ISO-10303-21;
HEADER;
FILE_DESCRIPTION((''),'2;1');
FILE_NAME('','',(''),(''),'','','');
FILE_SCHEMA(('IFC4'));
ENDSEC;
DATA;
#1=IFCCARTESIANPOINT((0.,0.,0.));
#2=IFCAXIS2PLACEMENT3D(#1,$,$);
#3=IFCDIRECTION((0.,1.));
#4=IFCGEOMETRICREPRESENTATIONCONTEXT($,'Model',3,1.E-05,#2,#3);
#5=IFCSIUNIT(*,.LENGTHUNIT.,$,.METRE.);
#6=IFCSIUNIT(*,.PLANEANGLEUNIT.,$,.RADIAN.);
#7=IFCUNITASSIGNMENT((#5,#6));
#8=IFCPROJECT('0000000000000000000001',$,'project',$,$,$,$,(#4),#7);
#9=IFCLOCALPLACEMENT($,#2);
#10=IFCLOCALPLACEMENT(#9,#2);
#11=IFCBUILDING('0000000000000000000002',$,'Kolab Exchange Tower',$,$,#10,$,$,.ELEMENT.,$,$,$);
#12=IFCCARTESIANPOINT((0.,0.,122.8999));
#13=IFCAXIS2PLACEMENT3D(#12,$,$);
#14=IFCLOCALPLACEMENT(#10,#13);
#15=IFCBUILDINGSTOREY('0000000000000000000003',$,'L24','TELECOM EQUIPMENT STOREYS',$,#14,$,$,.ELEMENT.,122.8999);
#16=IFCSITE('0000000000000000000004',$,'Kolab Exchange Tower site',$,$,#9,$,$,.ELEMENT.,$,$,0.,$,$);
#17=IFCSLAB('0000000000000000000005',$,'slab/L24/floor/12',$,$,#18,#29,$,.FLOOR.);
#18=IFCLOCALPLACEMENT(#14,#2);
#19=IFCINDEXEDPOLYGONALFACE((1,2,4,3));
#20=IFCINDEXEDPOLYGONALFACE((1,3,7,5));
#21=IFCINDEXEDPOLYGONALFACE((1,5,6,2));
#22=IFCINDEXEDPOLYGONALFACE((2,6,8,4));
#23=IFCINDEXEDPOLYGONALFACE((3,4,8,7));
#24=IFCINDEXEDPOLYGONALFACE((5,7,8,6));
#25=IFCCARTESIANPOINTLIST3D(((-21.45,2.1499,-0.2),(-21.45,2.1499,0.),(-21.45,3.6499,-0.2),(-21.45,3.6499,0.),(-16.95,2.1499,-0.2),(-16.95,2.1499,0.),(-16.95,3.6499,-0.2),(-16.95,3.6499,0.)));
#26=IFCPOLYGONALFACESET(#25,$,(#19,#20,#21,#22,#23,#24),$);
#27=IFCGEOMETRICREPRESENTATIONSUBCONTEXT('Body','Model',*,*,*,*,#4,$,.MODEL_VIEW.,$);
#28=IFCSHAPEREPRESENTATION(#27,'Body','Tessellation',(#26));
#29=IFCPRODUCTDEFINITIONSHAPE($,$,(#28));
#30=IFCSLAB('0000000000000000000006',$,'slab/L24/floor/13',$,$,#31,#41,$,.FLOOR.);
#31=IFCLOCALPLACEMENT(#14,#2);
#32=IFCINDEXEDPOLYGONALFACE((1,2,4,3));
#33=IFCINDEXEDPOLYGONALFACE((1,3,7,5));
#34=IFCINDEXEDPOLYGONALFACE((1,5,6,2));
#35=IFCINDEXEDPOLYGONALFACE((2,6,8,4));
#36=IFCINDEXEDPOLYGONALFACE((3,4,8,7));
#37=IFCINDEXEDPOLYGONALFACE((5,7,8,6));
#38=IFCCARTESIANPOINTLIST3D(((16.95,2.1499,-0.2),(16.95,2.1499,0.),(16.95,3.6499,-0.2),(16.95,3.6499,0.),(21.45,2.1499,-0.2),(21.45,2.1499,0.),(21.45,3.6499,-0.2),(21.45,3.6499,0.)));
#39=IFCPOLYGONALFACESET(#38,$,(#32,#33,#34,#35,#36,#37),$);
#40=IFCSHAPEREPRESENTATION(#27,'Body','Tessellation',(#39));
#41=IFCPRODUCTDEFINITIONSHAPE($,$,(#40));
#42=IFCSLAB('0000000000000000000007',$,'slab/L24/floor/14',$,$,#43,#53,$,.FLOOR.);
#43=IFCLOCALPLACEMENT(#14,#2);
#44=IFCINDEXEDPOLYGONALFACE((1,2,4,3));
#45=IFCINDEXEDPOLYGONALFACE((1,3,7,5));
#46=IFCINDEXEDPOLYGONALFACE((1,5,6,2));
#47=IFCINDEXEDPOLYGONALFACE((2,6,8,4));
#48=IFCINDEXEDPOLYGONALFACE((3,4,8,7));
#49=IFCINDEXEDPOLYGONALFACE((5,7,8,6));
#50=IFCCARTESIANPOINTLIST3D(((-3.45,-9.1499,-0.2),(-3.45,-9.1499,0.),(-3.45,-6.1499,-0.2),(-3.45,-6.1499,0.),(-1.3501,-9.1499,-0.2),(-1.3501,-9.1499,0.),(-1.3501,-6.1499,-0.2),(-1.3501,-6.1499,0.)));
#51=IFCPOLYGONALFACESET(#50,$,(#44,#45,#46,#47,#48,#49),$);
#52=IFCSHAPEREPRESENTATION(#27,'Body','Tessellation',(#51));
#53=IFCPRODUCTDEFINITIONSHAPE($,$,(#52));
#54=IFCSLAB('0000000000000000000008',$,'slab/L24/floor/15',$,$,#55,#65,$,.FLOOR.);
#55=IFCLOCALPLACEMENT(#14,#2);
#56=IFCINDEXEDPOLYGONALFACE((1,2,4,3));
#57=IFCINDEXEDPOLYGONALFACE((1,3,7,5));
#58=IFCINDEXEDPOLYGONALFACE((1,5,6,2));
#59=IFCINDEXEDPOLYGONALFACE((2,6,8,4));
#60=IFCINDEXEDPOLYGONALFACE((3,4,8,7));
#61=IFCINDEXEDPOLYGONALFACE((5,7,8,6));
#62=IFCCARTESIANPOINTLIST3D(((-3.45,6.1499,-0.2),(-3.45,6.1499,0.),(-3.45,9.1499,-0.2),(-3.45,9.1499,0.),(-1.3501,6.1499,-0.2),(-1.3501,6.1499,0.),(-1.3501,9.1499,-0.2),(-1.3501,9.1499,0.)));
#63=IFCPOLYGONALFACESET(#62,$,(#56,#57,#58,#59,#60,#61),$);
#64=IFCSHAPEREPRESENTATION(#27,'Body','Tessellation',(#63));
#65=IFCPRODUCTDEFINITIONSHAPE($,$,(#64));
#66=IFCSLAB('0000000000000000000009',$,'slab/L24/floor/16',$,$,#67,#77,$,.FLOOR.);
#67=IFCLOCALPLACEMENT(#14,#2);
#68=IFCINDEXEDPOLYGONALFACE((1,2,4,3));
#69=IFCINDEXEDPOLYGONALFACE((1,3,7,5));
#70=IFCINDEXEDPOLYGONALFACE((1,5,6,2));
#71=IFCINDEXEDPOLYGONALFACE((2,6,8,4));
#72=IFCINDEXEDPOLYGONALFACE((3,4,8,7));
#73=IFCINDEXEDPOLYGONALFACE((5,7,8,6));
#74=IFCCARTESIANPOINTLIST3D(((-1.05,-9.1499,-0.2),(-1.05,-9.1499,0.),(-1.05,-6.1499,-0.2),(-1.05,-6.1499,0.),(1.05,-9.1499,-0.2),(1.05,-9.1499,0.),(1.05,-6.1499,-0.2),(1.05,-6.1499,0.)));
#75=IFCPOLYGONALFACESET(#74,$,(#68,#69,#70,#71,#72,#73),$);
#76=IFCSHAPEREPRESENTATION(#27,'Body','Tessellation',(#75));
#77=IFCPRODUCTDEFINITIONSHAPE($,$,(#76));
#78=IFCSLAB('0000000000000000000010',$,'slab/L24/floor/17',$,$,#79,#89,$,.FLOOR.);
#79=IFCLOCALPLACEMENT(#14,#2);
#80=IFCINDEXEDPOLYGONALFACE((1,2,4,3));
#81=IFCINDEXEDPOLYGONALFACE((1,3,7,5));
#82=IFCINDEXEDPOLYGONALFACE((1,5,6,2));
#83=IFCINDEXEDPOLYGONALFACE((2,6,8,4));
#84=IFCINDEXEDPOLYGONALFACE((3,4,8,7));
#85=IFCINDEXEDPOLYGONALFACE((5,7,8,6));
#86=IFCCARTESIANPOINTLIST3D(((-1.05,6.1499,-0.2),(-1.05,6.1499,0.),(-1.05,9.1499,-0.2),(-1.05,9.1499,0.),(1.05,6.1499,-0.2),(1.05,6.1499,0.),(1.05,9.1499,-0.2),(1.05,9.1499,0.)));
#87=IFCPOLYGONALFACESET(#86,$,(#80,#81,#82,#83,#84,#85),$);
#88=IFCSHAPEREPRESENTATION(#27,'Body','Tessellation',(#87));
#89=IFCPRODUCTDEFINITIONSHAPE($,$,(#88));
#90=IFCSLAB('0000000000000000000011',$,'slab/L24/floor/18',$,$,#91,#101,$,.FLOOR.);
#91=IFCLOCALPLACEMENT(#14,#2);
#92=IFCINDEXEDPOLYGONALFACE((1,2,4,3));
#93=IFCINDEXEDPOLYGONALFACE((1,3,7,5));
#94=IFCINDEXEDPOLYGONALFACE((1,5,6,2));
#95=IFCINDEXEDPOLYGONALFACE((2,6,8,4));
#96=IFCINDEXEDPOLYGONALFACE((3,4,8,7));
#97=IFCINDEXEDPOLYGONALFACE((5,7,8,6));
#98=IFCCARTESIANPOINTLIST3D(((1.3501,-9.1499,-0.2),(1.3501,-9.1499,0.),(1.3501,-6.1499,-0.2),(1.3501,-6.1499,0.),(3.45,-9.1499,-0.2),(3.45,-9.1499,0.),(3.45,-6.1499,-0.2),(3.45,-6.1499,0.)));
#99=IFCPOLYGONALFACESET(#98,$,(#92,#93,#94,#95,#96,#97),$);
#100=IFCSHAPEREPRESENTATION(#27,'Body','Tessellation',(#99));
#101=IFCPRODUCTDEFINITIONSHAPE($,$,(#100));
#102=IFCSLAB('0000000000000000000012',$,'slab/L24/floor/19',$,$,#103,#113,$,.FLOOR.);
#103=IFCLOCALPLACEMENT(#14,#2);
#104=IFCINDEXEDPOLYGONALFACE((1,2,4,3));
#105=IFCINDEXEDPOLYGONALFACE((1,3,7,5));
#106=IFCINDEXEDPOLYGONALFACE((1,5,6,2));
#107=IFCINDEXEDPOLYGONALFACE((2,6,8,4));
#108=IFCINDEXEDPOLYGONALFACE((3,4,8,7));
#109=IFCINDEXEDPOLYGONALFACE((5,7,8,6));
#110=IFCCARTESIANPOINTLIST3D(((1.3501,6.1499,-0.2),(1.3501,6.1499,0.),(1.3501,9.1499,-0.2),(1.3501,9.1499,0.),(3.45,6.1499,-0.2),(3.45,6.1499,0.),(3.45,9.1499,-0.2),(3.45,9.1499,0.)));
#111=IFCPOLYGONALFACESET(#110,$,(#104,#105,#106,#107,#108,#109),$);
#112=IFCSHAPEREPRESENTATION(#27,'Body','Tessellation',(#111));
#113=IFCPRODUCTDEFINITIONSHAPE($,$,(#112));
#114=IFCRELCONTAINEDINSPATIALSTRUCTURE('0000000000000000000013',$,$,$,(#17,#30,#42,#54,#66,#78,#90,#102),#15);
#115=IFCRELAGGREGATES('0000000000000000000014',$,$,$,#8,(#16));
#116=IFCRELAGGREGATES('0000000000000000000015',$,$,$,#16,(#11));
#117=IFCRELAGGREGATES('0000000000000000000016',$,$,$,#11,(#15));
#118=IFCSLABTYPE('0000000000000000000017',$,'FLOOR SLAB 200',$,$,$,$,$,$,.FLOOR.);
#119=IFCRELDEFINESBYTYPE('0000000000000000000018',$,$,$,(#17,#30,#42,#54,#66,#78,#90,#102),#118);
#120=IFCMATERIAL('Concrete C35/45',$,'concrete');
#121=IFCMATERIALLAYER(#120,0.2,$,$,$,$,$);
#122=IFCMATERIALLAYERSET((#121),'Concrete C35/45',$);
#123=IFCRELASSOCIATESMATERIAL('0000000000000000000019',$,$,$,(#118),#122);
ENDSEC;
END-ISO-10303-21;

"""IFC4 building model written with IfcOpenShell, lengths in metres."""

from ifc_helpers import new_model, si_unit, direction, frame, origin, place, context, subcontext, project, spatial, polyline, outline, extrude, material, layer, layer_set, type_object, element, save


model = new_model("IFC4")

# Units and contexts
model_context = context("Model", 3, precision=1e-05, world=origin(), true_north=direction((0.0, 1.0)))
body_context = subcontext(model_context, "Body", "Model", "MODEL_VIEW")
ifc_project = project(units=[si_unit("LENGTHUNIT", "METRE"), si_unit("PLANEANGLEUNIT", "RADIAN")], contexts=[model_context])

# Site, building, storey
site_placement = place(None, origin())
site = spatial("IfcSite", under=ifc_project, at=site_placement, Name="Kolab Exchange Tower site", CompositionType="ELEMENT", RefElevation=0.0)
building_placement = place(site_placement, origin())
building = spatial("IfcBuilding", under=site, at=building_placement, Name="Kolab Exchange Tower", CompositionType="ELEMENT")
storey_placement = place(building_placement, frame((0.0, 0.0, 122.8999)))
storey = spatial("IfcBuildingStorey", under=building, at=storey_placement, Name="L24", Description="TELECOM EQUIPMENT STOREYS", CompositionType="ELEMENT", Elevation=122.8999)

# Slabs
ifc_material = material(Name="Concrete C35/45", Category="concrete")
ifc_layer = layer(ifc_material, 0.2)
ifc_layer_set = layer_set([ifc_layer], Name="Concrete C35/45")
slab_type = type_object("IfcSlabType", Name="FLOOR SLAB 200", PredefinedType="FLOOR", material=ifc_layer_set)
slab_1_placement = place(storey_placement, frame((0.0, 0.0, -0.2)))
element("IfcSlab", 1, at=slab_1_placement, inside=storey, type_object=slab_type, Name="slab/L24/floor/12", PredefinedType="FLOOR", context=body_context, shape_type="SweptSolid", body=[
    extrude(outline(polyline([(-21.45, 3.6499), (-21.45, 2.1499), (-16.95, 2.1499), (-16.95, 3.6499), (-21.45, 3.6499)])), origin(), (0.0, 0.0, 1.0), 0.2),
])
slab_2_placement = place(storey_placement, frame((0.0, 0.0, -0.2)))
element("IfcSlab", 2, at=slab_2_placement, inside=storey, type_object=slab_type, Name="slab/L24/floor/13", PredefinedType="FLOOR", context=body_context, shape_type="SweptSolid", body=[
    extrude(outline(polyline([(21.45, 3.6499), (16.95, 3.6499), (16.95, 2.1499), (21.45, 2.1499), (21.45, 3.6499)])), origin(), (0.0, 0.0, 1.0), 0.2),
])
slab_3_placement = place(storey_placement, frame((0.0, 0.0, -0.2)))
element("IfcSlab", 3, at=slab_3_placement, inside=storey, type_object=slab_type, Name="slab/L24/floor/14", PredefinedType="FLOOR", context=body_context, shape_type="SweptSolid", body=[
    extrude(outline(polyline([(-1.3501, -6.1499), (-3.45, -6.1499), (-3.45, -9.1499), (-1.3501, -9.1499), (-1.3501, -6.1499)])), origin(), (0.0, 0.0, 1.0), 0.2),
])
slab_4_placement = place(storey_placement, frame((0.0, 0.0, -0.2)))
element("IfcSlab", 4, at=slab_4_placement, inside=storey, type_object=slab_type, Name="slab/L24/floor/15", PredefinedType="FLOOR", context=body_context, shape_type="SweptSolid", body=[
    extrude(outline(polyline([(-1.3501, 6.1499), (-1.3501, 9.1499), (-3.45, 9.1499), (-3.45, 6.1499), (-1.3501, 6.1499)])), origin(), (0.0, 0.0, 1.0), 0.2),
])
slab_5_placement = place(storey_placement, frame((0.0, 0.0, -0.2)))
element("IfcSlab", 5, at=slab_5_placement, inside=storey, type_object=slab_type, Name="slab/L24/floor/16", PredefinedType="FLOOR", context=body_context, shape_type="SweptSolid", body=[
    extrude(outline(polyline([(1.05, -6.1499), (-1.05, -6.1499), (-1.05, -9.1499), (1.05, -9.1499), (1.05, -6.1499)])), origin(), (0.0, 0.0, 1.0), 0.2),
])
slab_6_placement = place(storey_placement, frame((0.0, 0.0, -0.2)))
element("IfcSlab", 6, at=slab_6_placement, inside=storey, type_object=slab_type, Name="slab/L24/floor/17", PredefinedType="FLOOR", context=body_context, shape_type="SweptSolid", body=[
    extrude(outline(polyline([(-1.05, 9.1499), (-1.05, 6.1499), (1.05, 6.1499), (1.05, 9.1499), (-1.05, 9.1499)])), origin(), (0.0, 0.0, 1.0), 0.2),
])
slab_7_placement = place(storey_placement, frame((0.0, 0.0, -0.2)))
element("IfcSlab", 7, at=slab_7_placement, inside=storey, type_object=slab_type, Name="slab/L24/floor/18", PredefinedType="FLOOR", context=body_context, shape_type="SweptSolid", body=[
    extrude(outline(polyline([(1.3501, -6.1499), (1.3501, -9.1499), (3.45, -9.1499), (3.45, -6.1499), (1.3501, -6.1499)])), origin(), (0.0, 0.0, 1.0), 0.2),
])
slab_8_placement = place(storey_placement, frame((0.0, 0.0, -0.2)))
element("IfcSlab", 8, at=slab_8_placement, inside=storey, type_object=slab_type, Name="slab/L24/floor/19", PredefinedType="FLOOR", context=body_context, shape_type="SweptSolid", body=[
    extrude(outline(polyline([(1.3501, 6.1499), (3.45, 6.1499), (3.45, 9.1499), (1.3501, 9.1499), (1.3501, 6.1499)])), origin(), (0.0, 0.0, 1.0), 0.2),
])

save(model, "model.ifc")
